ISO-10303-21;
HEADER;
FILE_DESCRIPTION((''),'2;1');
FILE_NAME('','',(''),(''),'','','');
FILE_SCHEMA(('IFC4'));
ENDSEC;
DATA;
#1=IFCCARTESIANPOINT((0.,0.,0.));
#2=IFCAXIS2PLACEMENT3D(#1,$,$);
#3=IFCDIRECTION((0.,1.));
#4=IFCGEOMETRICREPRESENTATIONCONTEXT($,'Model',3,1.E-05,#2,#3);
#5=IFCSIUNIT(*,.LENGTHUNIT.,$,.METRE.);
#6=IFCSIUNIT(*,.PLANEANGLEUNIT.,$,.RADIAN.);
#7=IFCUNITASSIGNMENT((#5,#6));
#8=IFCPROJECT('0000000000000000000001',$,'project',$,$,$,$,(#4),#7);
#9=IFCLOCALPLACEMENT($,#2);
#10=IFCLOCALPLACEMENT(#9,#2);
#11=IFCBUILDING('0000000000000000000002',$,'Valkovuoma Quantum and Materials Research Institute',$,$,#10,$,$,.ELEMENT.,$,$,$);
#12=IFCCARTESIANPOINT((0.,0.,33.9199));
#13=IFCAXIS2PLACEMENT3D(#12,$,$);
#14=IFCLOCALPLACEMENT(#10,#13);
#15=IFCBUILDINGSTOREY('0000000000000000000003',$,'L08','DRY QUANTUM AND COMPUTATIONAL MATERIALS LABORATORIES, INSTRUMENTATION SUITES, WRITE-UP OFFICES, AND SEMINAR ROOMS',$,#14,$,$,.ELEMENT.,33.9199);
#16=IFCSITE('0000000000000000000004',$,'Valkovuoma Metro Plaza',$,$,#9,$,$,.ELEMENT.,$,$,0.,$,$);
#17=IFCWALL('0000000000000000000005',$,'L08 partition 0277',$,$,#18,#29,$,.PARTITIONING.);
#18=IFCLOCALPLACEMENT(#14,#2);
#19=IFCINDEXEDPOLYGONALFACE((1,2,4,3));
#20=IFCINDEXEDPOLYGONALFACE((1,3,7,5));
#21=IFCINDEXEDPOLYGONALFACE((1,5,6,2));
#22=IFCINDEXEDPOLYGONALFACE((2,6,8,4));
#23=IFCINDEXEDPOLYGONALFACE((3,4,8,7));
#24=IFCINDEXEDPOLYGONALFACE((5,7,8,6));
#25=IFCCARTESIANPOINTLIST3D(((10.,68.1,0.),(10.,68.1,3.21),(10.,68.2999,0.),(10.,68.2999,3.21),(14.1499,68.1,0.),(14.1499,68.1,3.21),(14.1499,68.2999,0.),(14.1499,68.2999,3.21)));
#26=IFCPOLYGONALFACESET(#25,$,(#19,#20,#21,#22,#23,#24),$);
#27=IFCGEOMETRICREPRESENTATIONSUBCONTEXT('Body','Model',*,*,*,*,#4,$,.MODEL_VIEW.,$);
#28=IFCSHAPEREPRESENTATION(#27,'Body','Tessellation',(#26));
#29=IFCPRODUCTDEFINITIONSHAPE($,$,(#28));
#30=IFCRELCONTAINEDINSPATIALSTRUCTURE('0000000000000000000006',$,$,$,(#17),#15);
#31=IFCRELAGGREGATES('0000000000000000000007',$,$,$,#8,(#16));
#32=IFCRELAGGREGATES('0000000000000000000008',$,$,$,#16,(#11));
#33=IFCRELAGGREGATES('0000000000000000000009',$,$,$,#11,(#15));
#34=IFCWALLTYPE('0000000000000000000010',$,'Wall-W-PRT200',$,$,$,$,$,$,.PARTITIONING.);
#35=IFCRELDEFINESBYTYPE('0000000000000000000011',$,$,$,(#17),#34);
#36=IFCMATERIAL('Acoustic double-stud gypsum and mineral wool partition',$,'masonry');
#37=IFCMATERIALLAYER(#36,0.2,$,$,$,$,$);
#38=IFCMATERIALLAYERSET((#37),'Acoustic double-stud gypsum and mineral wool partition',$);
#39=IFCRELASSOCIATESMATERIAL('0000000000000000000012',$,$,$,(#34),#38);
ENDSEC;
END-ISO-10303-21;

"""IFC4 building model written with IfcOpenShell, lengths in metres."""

from ifc_helpers import new_model, si_unit, direction, frame, frame_2d, origin, place, context, subcontext, project, spatial, rectangle, extrude, material, layer, layer_set, type_object, element, save


model = new_model("IFC4")

# Units and contexts
model_context = context("Model", 3, precision=1e-05, world=origin(), true_north=direction((0.0, 1.0)))
body_context = subcontext(model_context, "Body", "Model", "MODEL_VIEW")
ifc_project = project(units=[si_unit("LENGTHUNIT", "METRE"), si_unit("PLANEANGLEUNIT", "RADIAN")], contexts=[model_context])

# Site, building, storey
site_placement = place(None, origin())
site = spatial("IfcSite", under=ifc_project, at=site_placement, Name="Valkovuoma Metro Plaza", CompositionType="ELEMENT", RefElevation=0.0)
building_placement = place(site_placement, origin())
building = spatial("IfcBuilding", under=site, at=building_placement, Name="Valkovuoma Quantum and Materials Research Institute", CompositionType="ELEMENT")
storey_placement = place(building_placement, frame((0.0, 0.0, 33.9199)))
storey = spatial("IfcBuildingStorey", under=building, at=storey_placement, Name="L08", Description="DRY QUANTUM AND COMPUTATIONAL MATERIALS LABORATORIES, INSTRUMENTATION SUITES, WRITE-UP OFFICES, AND SEMINAR ROOMS", CompositionType="ELEMENT", Elevation=33.9199)

# Wall
ifc_material_1 = material(Name="Acoustic double-stud gypsum and mineral wool partition", Category="masonry")
ifc_layer_1 = layer(ifc_material_1, 0.2)
ifc_layer_set_1 = layer_set([ifc_layer_1], Name="Acoustic double-stud gypsum and mineral wool partition")
wall_type_1 = type_object("IfcWallType", Name="Wall-W-PRT200", PredefinedType="PARTITIONING", material=ifc_layer_set_1)
wall_1_placement = place(storey_placement, frame((10.0, 68.2, 0.0), z_axis=(0.0, 0.0, 1.0), x_axis=(1.0, 0.0, 0.0)))
element("IfcWall", 1, at=wall_1_placement, inside=storey, type_object=wall_type_1, Name="L08 partition 0277", PredefinedType="PARTITIONING", context=body_context, shape_type="SweptSolid", body=[
    extrude(rectangle(XDim=4.1499, YDim=0.2, at=frame_2d((2.075, 0.0))), origin(), (0.0, 0.0, 1.0), 3.21),
])

save(model, "model.ifc")
